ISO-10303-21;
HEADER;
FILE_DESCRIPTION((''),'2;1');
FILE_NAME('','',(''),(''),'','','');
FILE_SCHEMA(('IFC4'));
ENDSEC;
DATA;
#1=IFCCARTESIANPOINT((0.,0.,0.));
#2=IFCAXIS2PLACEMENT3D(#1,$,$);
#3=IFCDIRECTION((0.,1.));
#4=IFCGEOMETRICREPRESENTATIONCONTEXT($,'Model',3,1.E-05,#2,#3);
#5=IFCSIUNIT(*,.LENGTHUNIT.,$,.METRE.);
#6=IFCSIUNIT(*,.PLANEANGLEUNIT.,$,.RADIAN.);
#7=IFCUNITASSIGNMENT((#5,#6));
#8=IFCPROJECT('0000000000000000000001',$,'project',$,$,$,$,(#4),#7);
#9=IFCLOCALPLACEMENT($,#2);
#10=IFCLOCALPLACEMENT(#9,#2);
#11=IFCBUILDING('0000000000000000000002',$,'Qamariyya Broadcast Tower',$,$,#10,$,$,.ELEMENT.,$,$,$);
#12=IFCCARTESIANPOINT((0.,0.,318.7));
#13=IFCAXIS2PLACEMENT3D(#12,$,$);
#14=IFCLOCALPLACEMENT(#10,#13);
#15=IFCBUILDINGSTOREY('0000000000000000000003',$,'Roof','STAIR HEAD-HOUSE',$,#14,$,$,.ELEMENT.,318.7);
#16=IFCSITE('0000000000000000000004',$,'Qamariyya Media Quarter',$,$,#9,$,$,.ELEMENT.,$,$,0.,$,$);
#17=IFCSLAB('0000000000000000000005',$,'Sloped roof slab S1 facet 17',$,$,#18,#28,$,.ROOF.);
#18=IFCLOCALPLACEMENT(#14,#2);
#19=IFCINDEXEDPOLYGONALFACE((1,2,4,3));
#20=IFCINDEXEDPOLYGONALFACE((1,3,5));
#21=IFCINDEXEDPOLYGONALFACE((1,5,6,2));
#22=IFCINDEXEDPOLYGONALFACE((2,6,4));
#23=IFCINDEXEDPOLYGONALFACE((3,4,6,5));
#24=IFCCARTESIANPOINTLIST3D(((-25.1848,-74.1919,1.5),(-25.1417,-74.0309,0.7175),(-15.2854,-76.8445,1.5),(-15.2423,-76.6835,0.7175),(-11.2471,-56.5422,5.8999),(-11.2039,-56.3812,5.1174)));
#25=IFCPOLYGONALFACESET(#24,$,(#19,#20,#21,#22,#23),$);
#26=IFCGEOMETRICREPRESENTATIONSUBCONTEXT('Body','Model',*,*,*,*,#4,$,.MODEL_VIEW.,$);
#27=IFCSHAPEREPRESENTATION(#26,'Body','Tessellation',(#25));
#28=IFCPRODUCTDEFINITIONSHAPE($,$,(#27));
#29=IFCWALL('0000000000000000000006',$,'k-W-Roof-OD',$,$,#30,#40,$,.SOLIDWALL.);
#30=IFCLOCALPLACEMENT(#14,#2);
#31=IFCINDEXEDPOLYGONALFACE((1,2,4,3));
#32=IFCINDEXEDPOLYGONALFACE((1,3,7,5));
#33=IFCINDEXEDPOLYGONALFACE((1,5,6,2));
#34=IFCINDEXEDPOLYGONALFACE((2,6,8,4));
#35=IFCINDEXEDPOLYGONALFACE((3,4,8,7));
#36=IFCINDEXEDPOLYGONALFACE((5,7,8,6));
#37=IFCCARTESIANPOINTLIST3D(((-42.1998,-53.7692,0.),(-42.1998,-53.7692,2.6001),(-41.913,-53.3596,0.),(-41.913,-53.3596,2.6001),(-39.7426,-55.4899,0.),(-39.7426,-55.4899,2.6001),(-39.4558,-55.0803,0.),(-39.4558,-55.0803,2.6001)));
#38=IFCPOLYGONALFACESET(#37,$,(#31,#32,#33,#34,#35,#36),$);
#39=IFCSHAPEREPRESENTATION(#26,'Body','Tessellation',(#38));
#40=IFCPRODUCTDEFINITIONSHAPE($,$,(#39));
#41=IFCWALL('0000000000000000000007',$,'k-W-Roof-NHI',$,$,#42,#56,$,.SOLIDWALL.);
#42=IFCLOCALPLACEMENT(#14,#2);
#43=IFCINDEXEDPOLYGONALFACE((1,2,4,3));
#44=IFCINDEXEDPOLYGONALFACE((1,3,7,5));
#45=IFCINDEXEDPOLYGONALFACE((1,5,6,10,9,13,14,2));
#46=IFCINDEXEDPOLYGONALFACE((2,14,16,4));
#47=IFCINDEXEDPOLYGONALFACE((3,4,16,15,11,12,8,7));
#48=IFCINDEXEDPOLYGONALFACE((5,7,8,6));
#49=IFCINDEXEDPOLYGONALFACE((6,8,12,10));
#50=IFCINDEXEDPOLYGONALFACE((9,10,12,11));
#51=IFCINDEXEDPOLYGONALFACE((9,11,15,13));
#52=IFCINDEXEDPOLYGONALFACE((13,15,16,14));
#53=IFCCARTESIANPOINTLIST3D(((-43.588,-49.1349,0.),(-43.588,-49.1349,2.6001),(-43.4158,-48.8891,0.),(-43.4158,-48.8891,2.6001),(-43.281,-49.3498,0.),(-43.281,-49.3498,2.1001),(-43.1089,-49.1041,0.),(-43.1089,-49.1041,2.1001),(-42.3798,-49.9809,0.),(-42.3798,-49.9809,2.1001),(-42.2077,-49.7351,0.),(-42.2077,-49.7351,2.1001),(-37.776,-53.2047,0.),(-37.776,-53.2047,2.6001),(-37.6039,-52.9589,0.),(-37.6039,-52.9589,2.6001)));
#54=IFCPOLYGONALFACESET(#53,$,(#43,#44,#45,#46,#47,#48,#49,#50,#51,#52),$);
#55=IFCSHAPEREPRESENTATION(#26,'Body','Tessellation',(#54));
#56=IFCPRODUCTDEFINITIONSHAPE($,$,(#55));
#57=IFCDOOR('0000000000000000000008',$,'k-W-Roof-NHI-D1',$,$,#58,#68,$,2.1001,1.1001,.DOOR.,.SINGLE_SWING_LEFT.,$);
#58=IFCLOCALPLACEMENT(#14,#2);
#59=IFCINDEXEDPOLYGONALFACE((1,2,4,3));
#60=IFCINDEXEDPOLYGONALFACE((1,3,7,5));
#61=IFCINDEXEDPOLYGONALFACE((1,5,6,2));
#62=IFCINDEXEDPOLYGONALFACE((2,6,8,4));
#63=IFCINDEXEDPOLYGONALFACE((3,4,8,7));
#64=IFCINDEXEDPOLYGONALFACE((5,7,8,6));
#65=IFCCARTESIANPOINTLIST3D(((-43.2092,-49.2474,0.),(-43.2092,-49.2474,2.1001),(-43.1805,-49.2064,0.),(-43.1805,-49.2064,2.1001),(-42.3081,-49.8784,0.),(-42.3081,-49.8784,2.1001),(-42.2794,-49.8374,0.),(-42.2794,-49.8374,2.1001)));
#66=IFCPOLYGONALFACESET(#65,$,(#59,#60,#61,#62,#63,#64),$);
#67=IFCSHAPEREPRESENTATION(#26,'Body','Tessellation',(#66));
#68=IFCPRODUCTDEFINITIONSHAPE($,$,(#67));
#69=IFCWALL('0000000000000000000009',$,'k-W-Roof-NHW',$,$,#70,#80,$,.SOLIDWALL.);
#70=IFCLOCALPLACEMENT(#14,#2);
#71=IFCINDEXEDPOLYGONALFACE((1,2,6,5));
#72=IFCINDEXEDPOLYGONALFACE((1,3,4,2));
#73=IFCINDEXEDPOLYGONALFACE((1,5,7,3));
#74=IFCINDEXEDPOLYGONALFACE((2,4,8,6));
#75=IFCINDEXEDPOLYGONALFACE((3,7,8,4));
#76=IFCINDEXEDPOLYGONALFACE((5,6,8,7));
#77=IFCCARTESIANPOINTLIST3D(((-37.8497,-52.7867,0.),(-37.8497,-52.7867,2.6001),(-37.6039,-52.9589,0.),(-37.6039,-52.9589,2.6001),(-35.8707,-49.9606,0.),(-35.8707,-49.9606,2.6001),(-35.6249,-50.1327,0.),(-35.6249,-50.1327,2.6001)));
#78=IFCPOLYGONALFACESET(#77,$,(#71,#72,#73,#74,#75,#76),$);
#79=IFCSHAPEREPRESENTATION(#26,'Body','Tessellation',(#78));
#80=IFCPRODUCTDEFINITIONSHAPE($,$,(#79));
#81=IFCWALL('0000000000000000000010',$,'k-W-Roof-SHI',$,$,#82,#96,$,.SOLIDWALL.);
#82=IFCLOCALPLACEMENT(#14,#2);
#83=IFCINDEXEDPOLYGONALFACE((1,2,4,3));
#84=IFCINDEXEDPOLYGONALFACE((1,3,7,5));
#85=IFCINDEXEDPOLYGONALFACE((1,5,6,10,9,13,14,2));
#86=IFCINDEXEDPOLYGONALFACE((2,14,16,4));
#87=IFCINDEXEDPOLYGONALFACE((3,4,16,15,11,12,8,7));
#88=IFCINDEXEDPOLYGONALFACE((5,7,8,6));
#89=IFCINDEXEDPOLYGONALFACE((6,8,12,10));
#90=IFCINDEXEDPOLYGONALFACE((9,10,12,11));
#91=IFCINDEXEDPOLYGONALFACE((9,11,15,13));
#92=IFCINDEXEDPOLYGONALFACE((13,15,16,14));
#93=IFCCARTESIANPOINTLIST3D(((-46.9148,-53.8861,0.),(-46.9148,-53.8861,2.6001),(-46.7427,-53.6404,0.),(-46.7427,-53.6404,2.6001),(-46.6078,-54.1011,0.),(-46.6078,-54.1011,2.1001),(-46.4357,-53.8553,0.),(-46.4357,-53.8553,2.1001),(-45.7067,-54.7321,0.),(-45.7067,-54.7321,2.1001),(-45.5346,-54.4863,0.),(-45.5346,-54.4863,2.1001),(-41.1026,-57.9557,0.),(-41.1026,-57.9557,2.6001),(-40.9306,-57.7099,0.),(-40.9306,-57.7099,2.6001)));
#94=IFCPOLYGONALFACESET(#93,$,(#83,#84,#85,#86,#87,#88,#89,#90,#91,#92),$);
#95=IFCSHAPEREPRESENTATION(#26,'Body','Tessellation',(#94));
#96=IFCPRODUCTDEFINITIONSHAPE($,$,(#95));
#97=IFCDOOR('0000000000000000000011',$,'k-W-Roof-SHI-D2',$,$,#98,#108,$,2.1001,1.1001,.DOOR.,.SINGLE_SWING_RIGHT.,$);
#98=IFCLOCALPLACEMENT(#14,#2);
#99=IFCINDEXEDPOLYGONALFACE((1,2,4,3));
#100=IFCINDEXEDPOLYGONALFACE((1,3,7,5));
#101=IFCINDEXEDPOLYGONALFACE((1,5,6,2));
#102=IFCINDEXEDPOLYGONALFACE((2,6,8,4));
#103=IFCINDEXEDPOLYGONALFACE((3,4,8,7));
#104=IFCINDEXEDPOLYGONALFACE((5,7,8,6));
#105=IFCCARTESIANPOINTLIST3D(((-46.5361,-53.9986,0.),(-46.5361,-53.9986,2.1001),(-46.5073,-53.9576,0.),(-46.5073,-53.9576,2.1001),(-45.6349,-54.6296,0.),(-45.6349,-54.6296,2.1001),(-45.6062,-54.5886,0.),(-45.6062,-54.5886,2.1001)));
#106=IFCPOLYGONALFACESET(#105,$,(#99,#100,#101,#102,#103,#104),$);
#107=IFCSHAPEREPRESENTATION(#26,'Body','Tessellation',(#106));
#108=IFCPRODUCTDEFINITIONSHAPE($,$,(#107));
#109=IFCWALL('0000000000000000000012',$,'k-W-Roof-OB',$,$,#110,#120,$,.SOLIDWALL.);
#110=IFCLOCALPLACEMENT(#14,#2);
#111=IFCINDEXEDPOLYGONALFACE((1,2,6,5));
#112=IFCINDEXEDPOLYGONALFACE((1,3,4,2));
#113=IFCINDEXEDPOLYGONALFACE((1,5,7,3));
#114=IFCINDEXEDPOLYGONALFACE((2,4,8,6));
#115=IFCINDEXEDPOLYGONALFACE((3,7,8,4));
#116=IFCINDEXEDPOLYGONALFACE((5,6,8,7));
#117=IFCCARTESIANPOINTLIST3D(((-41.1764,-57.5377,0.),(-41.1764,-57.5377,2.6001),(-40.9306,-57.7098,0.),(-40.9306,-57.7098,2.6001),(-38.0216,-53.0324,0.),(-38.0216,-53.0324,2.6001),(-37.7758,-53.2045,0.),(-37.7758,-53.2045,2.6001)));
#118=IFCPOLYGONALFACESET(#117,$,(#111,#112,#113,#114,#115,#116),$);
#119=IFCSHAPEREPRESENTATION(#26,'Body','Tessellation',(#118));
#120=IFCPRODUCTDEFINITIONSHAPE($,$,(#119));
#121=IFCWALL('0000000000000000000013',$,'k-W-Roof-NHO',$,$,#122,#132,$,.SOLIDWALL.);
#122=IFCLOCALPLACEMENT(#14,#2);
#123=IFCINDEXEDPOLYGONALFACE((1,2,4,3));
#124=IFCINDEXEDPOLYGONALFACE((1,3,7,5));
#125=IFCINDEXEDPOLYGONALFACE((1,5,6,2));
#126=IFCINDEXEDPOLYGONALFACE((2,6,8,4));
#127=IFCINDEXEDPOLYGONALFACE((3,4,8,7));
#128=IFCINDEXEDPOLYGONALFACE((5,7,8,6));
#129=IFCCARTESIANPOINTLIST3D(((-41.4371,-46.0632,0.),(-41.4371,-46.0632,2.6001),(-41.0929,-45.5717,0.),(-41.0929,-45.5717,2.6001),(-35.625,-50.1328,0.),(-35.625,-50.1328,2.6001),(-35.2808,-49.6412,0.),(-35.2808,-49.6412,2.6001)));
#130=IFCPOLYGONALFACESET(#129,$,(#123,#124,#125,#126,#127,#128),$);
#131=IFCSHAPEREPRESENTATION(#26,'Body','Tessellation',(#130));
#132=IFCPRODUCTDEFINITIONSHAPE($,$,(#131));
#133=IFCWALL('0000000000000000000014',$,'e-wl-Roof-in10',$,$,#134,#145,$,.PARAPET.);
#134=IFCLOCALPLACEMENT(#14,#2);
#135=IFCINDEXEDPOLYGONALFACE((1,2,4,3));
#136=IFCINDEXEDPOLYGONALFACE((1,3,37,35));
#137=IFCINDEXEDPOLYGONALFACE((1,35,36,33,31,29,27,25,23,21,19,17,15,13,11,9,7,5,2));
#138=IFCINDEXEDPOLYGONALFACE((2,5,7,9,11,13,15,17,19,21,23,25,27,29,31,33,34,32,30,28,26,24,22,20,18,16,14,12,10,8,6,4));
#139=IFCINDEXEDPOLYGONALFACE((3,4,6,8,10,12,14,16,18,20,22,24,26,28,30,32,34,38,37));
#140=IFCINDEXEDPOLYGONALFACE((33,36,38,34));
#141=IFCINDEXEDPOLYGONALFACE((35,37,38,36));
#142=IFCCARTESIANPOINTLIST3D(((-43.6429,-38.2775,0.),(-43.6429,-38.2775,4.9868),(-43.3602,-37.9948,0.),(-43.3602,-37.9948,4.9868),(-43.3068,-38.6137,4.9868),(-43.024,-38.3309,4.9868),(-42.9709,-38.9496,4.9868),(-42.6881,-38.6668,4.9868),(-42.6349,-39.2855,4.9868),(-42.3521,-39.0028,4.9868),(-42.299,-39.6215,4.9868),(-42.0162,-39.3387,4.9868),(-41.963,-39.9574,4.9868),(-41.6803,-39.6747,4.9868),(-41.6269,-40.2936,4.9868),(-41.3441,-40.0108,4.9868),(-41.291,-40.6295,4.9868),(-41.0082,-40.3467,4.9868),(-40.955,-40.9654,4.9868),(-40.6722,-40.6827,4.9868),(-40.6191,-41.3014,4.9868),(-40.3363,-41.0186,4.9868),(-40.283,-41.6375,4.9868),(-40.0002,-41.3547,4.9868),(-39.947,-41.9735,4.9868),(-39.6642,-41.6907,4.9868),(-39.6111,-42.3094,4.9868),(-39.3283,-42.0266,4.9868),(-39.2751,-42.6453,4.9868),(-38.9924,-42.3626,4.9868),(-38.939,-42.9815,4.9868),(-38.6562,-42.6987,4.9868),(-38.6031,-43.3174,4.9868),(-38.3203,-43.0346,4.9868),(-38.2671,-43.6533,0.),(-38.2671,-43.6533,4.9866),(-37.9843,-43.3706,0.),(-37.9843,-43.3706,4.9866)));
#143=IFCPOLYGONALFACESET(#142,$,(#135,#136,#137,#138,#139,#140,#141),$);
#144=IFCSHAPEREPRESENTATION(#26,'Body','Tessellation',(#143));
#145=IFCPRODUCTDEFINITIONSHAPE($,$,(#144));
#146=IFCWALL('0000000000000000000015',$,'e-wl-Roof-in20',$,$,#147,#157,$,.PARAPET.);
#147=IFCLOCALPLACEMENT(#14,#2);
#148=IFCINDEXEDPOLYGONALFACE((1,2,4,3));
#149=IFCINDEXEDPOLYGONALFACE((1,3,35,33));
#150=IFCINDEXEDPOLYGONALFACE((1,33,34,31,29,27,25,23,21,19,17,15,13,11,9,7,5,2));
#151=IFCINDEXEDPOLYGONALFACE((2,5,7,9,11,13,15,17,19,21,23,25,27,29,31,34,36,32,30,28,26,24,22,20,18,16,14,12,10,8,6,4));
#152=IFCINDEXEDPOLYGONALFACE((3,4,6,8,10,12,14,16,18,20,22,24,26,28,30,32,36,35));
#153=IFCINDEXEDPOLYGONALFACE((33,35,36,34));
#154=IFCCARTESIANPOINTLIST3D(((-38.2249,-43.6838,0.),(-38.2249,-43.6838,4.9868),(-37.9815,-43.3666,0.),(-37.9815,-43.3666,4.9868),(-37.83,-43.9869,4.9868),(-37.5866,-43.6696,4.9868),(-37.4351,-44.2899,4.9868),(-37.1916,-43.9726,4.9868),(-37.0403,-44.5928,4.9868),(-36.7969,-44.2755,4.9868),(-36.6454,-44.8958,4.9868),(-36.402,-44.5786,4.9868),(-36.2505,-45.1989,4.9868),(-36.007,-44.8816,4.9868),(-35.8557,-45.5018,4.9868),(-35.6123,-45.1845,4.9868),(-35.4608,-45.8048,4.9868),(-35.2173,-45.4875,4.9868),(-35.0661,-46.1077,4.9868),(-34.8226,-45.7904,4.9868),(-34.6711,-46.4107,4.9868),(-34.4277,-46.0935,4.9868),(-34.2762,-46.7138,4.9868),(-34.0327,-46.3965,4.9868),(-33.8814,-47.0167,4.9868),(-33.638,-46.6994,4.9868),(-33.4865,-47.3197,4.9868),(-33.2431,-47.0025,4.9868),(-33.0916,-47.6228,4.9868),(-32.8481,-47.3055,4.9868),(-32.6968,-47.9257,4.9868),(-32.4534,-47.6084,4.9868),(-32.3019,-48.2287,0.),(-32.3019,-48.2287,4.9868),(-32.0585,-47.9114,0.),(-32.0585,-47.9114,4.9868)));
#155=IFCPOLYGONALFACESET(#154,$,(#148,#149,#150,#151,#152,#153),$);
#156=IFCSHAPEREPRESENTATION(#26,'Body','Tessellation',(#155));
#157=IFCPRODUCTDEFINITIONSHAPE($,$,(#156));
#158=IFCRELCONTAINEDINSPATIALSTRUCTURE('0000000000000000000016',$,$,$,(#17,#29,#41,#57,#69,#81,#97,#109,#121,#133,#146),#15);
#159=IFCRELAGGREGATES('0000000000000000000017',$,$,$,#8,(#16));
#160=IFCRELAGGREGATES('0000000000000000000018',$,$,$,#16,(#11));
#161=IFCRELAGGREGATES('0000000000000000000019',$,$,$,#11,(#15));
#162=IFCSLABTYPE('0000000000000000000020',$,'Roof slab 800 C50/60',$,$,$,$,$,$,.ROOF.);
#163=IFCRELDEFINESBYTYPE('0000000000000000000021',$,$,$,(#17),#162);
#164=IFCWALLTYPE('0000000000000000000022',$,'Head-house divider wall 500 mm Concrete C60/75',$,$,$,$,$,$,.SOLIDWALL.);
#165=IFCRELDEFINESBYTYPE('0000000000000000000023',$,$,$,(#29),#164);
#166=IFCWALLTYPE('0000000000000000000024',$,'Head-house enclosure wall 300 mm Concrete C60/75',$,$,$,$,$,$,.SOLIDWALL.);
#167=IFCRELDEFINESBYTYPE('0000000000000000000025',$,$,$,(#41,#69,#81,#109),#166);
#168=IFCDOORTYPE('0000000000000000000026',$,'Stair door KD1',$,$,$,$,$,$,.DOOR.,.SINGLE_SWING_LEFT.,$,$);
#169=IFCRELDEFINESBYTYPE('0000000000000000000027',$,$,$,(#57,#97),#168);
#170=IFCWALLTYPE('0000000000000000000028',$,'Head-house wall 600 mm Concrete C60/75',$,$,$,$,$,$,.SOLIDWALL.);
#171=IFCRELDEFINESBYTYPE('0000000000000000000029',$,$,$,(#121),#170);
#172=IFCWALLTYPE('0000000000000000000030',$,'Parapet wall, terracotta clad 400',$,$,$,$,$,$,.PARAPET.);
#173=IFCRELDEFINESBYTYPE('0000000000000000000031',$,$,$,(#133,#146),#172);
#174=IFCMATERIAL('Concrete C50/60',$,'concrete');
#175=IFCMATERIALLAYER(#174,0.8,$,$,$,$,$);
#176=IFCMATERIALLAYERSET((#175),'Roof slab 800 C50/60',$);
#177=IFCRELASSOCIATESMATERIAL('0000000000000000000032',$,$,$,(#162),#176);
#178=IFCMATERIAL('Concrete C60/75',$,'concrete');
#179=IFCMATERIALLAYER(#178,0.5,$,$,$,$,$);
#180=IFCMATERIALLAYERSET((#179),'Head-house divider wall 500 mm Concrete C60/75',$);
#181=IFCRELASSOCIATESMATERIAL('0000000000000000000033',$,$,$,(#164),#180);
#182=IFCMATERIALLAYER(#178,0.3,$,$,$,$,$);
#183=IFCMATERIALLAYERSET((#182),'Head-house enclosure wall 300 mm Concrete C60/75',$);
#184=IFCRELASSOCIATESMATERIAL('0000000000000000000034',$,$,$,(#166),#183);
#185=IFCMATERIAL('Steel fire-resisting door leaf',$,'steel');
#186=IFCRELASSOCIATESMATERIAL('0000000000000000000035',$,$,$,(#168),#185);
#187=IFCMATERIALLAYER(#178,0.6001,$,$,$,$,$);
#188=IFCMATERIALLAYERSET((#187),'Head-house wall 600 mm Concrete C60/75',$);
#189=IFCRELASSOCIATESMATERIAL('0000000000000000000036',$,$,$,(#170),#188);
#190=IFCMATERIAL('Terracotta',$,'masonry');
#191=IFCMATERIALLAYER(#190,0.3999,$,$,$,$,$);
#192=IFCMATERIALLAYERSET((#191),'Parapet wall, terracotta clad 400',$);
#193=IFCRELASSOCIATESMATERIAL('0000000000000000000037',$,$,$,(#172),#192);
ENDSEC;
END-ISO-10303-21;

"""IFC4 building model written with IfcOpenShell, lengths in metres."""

from ifc_helpers import new_model, si_unit, direction, frame, frame_2d, origin, place, context, subcontext, project, spatial, polyline, rectangle, outline, extrude, material, layer, layer_set, type_object, element, fill, save


model = new_model("IFC4")

# Units and contexts
model_context = context("Model", 3, precision=1e-05, world=origin(), true_north=direction((0.0, 1.0)))
body_context = subcontext(model_context, "Body", "Model", "MODEL_VIEW")
ifc_project = project(units=[si_unit("LENGTHUNIT", "METRE"), si_unit("PLANEANGLEUNIT", "RADIAN")], contexts=[model_context])

# Site, building, storey
site_placement = place(None, origin())
site = spatial("IfcSite", under=ifc_project, at=site_placement, Name="Qamariyya Media Quarter", CompositionType="ELEMENT", RefElevation=0.0)
building_placement = place(site_placement, origin())
building = spatial("IfcBuilding", under=site, at=building_placement, Name="Qamariyya Broadcast Tower", CompositionType="ELEMENT")
storey_placement = place(building_placement, frame((0.0, 0.0, 318.7)))
storey = spatial("IfcBuildingStorey", under=building, at=storey_placement, Name="Roof", Description="STAIR HEAD-HOUSE", CompositionType="ELEMENT", Elevation=318.7)

# Shared definitions
ifc_material_1 = material(Name="Concrete C50/60", Category="concrete")

# Slab
ifc_layer_1 = layer(ifc_material_1, 0.8)
ifc_layer_set_1 = layer_set([ifc_layer_1], Name="Roof slab 800 C50/60")
slab_type = type_object("IfcSlabType", Name="Roof slab 800 C50/60", PredefinedType="ROOF", material=ifc_layer_set_1)
slab_1_placement = place(storey_placement, frame((-25.1848, -74.1919, 1.5), z_axis=(-0.053923, -0.201239, 0.978057), x_axis=(0.965925, -0.258823, 0.0)))
element("IfcSlab", 1, at=slab_1_placement, inside=storey, type_object=slab_type, Name="Sloped roof slab S1 facet 17", PredefinedType="ROOF", context=body_context, shape_type="SweptSolid", body=[
    extrude(outline(polyline([(0.0, 0.0), (10.2486, 0.0), (8.8947, 21.1191), (0.0, 0.0)])), origin(), (0.0, 0.0, -1.0), 0.8),
])

# Wall
ifc_material_2 = material(Name="Concrete C60/75", Category="concrete")
ifc_layer_2 = layer(ifc_material_2, 0.5)
ifc_layer_set_2 = layer_set([ifc_layer_2], Name="Head-house divider wall 500 mm Concrete C60/75")
wall_type_1 = type_object("IfcWallType", Name="Head-house divider wall 500 mm Concrete C60/75", PredefinedType="SOLIDWALL", material=ifc_layer_set_2)
wall_1_placement = place(storey_placement, frame((-39.5991, -55.2852, 0.0), z_axis=(0.0, 0.0, 1.0), x_axis=(-0.819136, 0.573599, 0.0)))
element("IfcWall", 2, at=wall_1_placement, inside=storey, type_object=wall_type_1, Name="k-W-Roof-OD", PredefinedType="SOLIDWALL", context=body_context, shape_type="SweptSolid", body=[
    extrude(rectangle(XDim=2.9998, YDim=0.5, at=frame_2d((1.5, 0.0))), origin(), (0.0, 0.0, 1.0), 2.6001),
])

# Wall, opening, door
ifc_layer_3 = layer(ifc_material_2, 0.3)
ifc_layer_set_3 = layer_set([ifc_layer_3], Name="Head-house enclosure wall 300 mm Concrete C60/75")
wall_type_2 = type_object("IfcWallType", Name="Head-house enclosure wall 300 mm Concrete C60/75", PredefinedType="SOLIDWALL", material=ifc_layer_set_3)
wall_2_placement = place(storey_placement, frame((-37.6899, -53.0818, 0.0), z_axis=(0.0, 0.0, 1.0), x_axis=(-0.819138, 0.573596, 0.0)))
wall_2 = element("IfcWall", 3, at=wall_2_placement, inside=storey, type_object=wall_type_2, Name="k-W-Roof-NHI", PredefinedType="SOLIDWALL", context=body_context, shape_type="SweptSolid", body=[
    extrude(rectangle(XDim=7.0952, YDim=0.3, at=frame_2d((3.5476, 0.0))), origin(), (0.0, 0.0, 1.0), 2.6001),
])
opening_1_placement = place(wall_2_placement, frame((5.6204, 0.0, 0.0)))
opening_1 = element("IfcOpeningElement", 4, at=opening_1_placement, cuts=wall_2, PredefinedType="OPENING", context=body_context, shape_type="SweptSolid", body=[
    extrude(rectangle(XDim=1.1001, YDim=2.1001, at=frame_2d((0.55, 1.05))), frame((0.0, 0.1599, 0.0), z_axis=(0.0, -1.0, 0.0), x_axis=(1.0, 0.0, 0.0)), (0.0, 0.0, 1.0), 0.3201),
])
ifc_material_3 = material(Name="Steel fire-resisting door leaf", Category="steel")
door_type = type_object("IfcDoorType", Name="Stair door KD1", OperationType="SINGLE_SWING_LEFT", PredefinedType="DOOR", material=ifc_material_3)
door_1_placement = place(opening_1_placement, origin())
door_1 = element("IfcDoor", 5, at=door_1_placement, inside=storey, type_object=door_type, Name="k-W-Roof-NHI-D1", OperationType="SINGLE_SWING_LEFT", OverallHeight=2.1001, OverallWidth=1.1001, PredefinedType="DOOR", context=body_context, shape_type="SweptSolid", body=[
    extrude(rectangle(XDim=1.1001, YDim=2.1001, at=frame_2d((0.55, 1.05))), frame((0.0, 0.0249, 0.0), z_axis=(0.0, -1.0, 0.0), x_axis=(1.0, 0.0, 0.0)), (0.0, 0.0, 1.0), 0.05),
])
fill(opening_1, door_1)

# Wall
wall_3_placement = place(storey_placement, frame((-37.7268, -52.8728, 0.0), z_axis=(0.0, 0.0, 1.0), x_axis=(0.573595, 0.819139, 0.0)))
element("IfcWall", 6, at=wall_3_placement, inside=storey, type_object=wall_type_2, Name="k-W-Roof-NHW", PredefinedType="SOLIDWALL", context=body_context, shape_type="SweptSolid", body=[
    extrude(rectangle(XDim=3.4502, YDim=0.3, at=frame_2d((1.7251, 0.0))), origin(), (0.0, 0.0, 1.0), 2.6001),
])

# Wall, opening, door
wall_4_placement = place(storey_placement, frame((-41.0166, -57.8328, 0.0), z_axis=(0.0, 0.0, 1.0), x_axis=(-0.819166, 0.573557, 0.0)))
wall_4 = element("IfcWall", 7, at=wall_4_placement, inside=storey, type_object=wall_type_2, Name="k-W-Roof-SHI", PredefinedType="SOLIDWALL", context=body_context, shape_type="SweptSolid", body=[
    extrude(rectangle(XDim=7.0952, YDim=0.3, at=frame_2d((3.5476, 0.0))), origin(), (0.0, 0.0, 1.0), 2.6001),
])
opening_2_placement = place(wall_4_placement, frame((5.6204, 0.0, 0.0)))
opening_2 = element("IfcOpeningElement", 8, at=opening_2_placement, cuts=wall_4, PredefinedType="OPENING", context=body_context, shape_type="SweptSolid", body=[
    extrude(rectangle(XDim=1.1001, YDim=2.1001, at=frame_2d((0.55, 1.05))), frame((0.0, 0.1599, 0.0), z_axis=(0.0, -1.0, 0.0), x_axis=(1.0, 0.0, 0.0)), (0.0, 0.0, 1.0), 0.3201),
])
door_2_placement = place(opening_2_placement, origin())
door_2 = element("IfcDoor", 9, at=door_2_placement, inside=storey, type_object=door_type, Name="k-W-Roof-SHI-D2", OperationType="SINGLE_SWING_RIGHT", OverallHeight=2.1001, OverallWidth=1.1001, PredefinedType="DOOR", context=body_context, shape_type="SweptSolid", body=[
    extrude(rectangle(XDim=1.1001, YDim=2.1001, at=frame_2d((0.55, 1.05))), frame((0.0, 0.0249, 0.0), z_axis=(0.0, -1.0, 0.0), x_axis=(1.0, 0.0, 0.0)), (0.0, 0.0, 1.0), 0.05),
])
fill(opening_2, door_2)

# Walls
wall_5_placement = place(storey_placement, frame((-41.0535, -57.6238, 0.0), z_axis=(0.0, 0.0, 1.0), x_axis=(0.573587, 0.819144, 0.0)))
element("IfcWall", 10, at=wall_5_placement, inside=storey, type_object=wall_type_2, Name="k-W-Roof-OB", PredefinedType="SOLIDWALL", context=body_context, shape_type="SweptSolid", body=[
    extrude(rectangle(XDim=5.5, YDim=0.3, at=frame_2d((2.75, 0.0))), origin(), (0.0, 0.0, 1.0), 2.6001),
])
ifc_layer_4 = layer(ifc_material_2, 0.6001)
ifc_layer_set_4 = layer_set([ifc_layer_4], Name="Head-house wall 600 mm Concrete C60/75")
wall_type_3 = type_object("IfcWallType", Name="Head-house wall 600 mm Concrete C60/75", PredefinedType="SOLIDWALL", material=ifc_layer_set_4)
wall_6_placement = place(storey_placement, frame((-35.4529, -49.887, 0.0), z_axis=(0.0, 0.0, 1.0), x_axis=(-0.819166, 0.573557, 0.0)))
element("IfcWall", 11, at=wall_6_placement, inside=storey, type_object=wall_type_3, Name="k-W-Roof-NHO", PredefinedType="SOLIDWALL", context=body_context, shape_type="SweptSolid", body=[
    extrude(rectangle(XDim=7.0952, YDim=0.6001, at=frame_2d((3.5476, 0.0))), origin(), (0.0, 0.0, 1.0), 2.6001),
])
ifc_material_4 = material(Name="Terracotta", Category="masonry")
ifc_layer_5 = layer(ifc_material_4, 0.3999)
ifc_layer_set_5 = layer_set([ifc_layer_5], Name="Parapet wall, terracotta clad 400")
wall_type_4 = type_object("IfcWallType", Name="Parapet wall, terracotta clad 400", PredefinedType="PARAPET", material=ifc_layer_set_5)
wall_7_placement = place(storey_placement, frame((-38.1257, -43.512, 0.0), z_axis=(0.0, 0.0, 1.0), x_axis=(-0.707107, 0.707107, 0.0)))
element("IfcWall", 12, at=wall_7_placement, inside=storey, type_object=wall_type_4, Name="e-wl-Roof-in10", PredefinedType="PARAPET", context=body_context, shape_type="SweptSolid", body=[
    extrude(outline(polyline([(0.0, 0.0), (7.6025, 0.0), (7.6025, 4.9868), (7.1272, 4.9868), (6.6521, 4.9868), (6.177, 4.9868), (5.7019, 4.9868), (5.2268, 4.9868), (4.7515, 4.9868), (4.2764, 4.9868), (3.8013, 4.9868), (3.3262, 4.9868), (2.8508, 4.9868), (2.3757, 4.9868), (1.9006, 4.9868), (1.4255, 4.9868), (0.9502, 4.9868), (0.4751, 4.9868), (0.0, 4.9866), (0.0, 0.0)])), frame((0.0, 0.2, 0.0), z_axis=(0.0, -1.0, 0.0), x_axis=(1.0, 0.0, 0.0)), (0.0, 0.0, 1.0), 0.3999),
])
wall_8_placement = place(storey_placement, frame((-32.1802, -48.0701, 0.0), z_axis=(0.0, 0.0, 1.0), x_axis=(-0.793355, 0.608759, 0.0)))
element("IfcWall", 13, at=wall_8_placement, inside=storey, type_object=wall_type_4, Name="e-wl-Roof-in20", PredefinedType="PARAPET", context=body_context, shape_type="SweptSolid", body=[
    extrude(outline(polyline([(0.0, 0.0), (7.4658, 0.0), (7.4658, 4.9868), (6.968, 4.9868), (6.4702, 4.9868), (5.9727, 4.9868), (5.4749, 4.9868), (4.9771, 4.9868), (4.4795, 4.9868), (3.9817, 4.9868), (3.4841, 4.9868), (2.9863, 4.9868), (2.4885, 4.9868), (1.991, 4.9868), (1.4932, 4.9868), (0.9954, 4.9868), (0.4978, 4.9868), (0.0, 4.9868), (0.0, 0.0)])), frame((0.0, 0.2, 0.0), z_axis=(0.0, -1.0, 0.0), x_axis=(1.0, 0.0, 0.0)), (0.0, 0.0, 1.0), 0.3999),
])

save(model, "model.ifc")
